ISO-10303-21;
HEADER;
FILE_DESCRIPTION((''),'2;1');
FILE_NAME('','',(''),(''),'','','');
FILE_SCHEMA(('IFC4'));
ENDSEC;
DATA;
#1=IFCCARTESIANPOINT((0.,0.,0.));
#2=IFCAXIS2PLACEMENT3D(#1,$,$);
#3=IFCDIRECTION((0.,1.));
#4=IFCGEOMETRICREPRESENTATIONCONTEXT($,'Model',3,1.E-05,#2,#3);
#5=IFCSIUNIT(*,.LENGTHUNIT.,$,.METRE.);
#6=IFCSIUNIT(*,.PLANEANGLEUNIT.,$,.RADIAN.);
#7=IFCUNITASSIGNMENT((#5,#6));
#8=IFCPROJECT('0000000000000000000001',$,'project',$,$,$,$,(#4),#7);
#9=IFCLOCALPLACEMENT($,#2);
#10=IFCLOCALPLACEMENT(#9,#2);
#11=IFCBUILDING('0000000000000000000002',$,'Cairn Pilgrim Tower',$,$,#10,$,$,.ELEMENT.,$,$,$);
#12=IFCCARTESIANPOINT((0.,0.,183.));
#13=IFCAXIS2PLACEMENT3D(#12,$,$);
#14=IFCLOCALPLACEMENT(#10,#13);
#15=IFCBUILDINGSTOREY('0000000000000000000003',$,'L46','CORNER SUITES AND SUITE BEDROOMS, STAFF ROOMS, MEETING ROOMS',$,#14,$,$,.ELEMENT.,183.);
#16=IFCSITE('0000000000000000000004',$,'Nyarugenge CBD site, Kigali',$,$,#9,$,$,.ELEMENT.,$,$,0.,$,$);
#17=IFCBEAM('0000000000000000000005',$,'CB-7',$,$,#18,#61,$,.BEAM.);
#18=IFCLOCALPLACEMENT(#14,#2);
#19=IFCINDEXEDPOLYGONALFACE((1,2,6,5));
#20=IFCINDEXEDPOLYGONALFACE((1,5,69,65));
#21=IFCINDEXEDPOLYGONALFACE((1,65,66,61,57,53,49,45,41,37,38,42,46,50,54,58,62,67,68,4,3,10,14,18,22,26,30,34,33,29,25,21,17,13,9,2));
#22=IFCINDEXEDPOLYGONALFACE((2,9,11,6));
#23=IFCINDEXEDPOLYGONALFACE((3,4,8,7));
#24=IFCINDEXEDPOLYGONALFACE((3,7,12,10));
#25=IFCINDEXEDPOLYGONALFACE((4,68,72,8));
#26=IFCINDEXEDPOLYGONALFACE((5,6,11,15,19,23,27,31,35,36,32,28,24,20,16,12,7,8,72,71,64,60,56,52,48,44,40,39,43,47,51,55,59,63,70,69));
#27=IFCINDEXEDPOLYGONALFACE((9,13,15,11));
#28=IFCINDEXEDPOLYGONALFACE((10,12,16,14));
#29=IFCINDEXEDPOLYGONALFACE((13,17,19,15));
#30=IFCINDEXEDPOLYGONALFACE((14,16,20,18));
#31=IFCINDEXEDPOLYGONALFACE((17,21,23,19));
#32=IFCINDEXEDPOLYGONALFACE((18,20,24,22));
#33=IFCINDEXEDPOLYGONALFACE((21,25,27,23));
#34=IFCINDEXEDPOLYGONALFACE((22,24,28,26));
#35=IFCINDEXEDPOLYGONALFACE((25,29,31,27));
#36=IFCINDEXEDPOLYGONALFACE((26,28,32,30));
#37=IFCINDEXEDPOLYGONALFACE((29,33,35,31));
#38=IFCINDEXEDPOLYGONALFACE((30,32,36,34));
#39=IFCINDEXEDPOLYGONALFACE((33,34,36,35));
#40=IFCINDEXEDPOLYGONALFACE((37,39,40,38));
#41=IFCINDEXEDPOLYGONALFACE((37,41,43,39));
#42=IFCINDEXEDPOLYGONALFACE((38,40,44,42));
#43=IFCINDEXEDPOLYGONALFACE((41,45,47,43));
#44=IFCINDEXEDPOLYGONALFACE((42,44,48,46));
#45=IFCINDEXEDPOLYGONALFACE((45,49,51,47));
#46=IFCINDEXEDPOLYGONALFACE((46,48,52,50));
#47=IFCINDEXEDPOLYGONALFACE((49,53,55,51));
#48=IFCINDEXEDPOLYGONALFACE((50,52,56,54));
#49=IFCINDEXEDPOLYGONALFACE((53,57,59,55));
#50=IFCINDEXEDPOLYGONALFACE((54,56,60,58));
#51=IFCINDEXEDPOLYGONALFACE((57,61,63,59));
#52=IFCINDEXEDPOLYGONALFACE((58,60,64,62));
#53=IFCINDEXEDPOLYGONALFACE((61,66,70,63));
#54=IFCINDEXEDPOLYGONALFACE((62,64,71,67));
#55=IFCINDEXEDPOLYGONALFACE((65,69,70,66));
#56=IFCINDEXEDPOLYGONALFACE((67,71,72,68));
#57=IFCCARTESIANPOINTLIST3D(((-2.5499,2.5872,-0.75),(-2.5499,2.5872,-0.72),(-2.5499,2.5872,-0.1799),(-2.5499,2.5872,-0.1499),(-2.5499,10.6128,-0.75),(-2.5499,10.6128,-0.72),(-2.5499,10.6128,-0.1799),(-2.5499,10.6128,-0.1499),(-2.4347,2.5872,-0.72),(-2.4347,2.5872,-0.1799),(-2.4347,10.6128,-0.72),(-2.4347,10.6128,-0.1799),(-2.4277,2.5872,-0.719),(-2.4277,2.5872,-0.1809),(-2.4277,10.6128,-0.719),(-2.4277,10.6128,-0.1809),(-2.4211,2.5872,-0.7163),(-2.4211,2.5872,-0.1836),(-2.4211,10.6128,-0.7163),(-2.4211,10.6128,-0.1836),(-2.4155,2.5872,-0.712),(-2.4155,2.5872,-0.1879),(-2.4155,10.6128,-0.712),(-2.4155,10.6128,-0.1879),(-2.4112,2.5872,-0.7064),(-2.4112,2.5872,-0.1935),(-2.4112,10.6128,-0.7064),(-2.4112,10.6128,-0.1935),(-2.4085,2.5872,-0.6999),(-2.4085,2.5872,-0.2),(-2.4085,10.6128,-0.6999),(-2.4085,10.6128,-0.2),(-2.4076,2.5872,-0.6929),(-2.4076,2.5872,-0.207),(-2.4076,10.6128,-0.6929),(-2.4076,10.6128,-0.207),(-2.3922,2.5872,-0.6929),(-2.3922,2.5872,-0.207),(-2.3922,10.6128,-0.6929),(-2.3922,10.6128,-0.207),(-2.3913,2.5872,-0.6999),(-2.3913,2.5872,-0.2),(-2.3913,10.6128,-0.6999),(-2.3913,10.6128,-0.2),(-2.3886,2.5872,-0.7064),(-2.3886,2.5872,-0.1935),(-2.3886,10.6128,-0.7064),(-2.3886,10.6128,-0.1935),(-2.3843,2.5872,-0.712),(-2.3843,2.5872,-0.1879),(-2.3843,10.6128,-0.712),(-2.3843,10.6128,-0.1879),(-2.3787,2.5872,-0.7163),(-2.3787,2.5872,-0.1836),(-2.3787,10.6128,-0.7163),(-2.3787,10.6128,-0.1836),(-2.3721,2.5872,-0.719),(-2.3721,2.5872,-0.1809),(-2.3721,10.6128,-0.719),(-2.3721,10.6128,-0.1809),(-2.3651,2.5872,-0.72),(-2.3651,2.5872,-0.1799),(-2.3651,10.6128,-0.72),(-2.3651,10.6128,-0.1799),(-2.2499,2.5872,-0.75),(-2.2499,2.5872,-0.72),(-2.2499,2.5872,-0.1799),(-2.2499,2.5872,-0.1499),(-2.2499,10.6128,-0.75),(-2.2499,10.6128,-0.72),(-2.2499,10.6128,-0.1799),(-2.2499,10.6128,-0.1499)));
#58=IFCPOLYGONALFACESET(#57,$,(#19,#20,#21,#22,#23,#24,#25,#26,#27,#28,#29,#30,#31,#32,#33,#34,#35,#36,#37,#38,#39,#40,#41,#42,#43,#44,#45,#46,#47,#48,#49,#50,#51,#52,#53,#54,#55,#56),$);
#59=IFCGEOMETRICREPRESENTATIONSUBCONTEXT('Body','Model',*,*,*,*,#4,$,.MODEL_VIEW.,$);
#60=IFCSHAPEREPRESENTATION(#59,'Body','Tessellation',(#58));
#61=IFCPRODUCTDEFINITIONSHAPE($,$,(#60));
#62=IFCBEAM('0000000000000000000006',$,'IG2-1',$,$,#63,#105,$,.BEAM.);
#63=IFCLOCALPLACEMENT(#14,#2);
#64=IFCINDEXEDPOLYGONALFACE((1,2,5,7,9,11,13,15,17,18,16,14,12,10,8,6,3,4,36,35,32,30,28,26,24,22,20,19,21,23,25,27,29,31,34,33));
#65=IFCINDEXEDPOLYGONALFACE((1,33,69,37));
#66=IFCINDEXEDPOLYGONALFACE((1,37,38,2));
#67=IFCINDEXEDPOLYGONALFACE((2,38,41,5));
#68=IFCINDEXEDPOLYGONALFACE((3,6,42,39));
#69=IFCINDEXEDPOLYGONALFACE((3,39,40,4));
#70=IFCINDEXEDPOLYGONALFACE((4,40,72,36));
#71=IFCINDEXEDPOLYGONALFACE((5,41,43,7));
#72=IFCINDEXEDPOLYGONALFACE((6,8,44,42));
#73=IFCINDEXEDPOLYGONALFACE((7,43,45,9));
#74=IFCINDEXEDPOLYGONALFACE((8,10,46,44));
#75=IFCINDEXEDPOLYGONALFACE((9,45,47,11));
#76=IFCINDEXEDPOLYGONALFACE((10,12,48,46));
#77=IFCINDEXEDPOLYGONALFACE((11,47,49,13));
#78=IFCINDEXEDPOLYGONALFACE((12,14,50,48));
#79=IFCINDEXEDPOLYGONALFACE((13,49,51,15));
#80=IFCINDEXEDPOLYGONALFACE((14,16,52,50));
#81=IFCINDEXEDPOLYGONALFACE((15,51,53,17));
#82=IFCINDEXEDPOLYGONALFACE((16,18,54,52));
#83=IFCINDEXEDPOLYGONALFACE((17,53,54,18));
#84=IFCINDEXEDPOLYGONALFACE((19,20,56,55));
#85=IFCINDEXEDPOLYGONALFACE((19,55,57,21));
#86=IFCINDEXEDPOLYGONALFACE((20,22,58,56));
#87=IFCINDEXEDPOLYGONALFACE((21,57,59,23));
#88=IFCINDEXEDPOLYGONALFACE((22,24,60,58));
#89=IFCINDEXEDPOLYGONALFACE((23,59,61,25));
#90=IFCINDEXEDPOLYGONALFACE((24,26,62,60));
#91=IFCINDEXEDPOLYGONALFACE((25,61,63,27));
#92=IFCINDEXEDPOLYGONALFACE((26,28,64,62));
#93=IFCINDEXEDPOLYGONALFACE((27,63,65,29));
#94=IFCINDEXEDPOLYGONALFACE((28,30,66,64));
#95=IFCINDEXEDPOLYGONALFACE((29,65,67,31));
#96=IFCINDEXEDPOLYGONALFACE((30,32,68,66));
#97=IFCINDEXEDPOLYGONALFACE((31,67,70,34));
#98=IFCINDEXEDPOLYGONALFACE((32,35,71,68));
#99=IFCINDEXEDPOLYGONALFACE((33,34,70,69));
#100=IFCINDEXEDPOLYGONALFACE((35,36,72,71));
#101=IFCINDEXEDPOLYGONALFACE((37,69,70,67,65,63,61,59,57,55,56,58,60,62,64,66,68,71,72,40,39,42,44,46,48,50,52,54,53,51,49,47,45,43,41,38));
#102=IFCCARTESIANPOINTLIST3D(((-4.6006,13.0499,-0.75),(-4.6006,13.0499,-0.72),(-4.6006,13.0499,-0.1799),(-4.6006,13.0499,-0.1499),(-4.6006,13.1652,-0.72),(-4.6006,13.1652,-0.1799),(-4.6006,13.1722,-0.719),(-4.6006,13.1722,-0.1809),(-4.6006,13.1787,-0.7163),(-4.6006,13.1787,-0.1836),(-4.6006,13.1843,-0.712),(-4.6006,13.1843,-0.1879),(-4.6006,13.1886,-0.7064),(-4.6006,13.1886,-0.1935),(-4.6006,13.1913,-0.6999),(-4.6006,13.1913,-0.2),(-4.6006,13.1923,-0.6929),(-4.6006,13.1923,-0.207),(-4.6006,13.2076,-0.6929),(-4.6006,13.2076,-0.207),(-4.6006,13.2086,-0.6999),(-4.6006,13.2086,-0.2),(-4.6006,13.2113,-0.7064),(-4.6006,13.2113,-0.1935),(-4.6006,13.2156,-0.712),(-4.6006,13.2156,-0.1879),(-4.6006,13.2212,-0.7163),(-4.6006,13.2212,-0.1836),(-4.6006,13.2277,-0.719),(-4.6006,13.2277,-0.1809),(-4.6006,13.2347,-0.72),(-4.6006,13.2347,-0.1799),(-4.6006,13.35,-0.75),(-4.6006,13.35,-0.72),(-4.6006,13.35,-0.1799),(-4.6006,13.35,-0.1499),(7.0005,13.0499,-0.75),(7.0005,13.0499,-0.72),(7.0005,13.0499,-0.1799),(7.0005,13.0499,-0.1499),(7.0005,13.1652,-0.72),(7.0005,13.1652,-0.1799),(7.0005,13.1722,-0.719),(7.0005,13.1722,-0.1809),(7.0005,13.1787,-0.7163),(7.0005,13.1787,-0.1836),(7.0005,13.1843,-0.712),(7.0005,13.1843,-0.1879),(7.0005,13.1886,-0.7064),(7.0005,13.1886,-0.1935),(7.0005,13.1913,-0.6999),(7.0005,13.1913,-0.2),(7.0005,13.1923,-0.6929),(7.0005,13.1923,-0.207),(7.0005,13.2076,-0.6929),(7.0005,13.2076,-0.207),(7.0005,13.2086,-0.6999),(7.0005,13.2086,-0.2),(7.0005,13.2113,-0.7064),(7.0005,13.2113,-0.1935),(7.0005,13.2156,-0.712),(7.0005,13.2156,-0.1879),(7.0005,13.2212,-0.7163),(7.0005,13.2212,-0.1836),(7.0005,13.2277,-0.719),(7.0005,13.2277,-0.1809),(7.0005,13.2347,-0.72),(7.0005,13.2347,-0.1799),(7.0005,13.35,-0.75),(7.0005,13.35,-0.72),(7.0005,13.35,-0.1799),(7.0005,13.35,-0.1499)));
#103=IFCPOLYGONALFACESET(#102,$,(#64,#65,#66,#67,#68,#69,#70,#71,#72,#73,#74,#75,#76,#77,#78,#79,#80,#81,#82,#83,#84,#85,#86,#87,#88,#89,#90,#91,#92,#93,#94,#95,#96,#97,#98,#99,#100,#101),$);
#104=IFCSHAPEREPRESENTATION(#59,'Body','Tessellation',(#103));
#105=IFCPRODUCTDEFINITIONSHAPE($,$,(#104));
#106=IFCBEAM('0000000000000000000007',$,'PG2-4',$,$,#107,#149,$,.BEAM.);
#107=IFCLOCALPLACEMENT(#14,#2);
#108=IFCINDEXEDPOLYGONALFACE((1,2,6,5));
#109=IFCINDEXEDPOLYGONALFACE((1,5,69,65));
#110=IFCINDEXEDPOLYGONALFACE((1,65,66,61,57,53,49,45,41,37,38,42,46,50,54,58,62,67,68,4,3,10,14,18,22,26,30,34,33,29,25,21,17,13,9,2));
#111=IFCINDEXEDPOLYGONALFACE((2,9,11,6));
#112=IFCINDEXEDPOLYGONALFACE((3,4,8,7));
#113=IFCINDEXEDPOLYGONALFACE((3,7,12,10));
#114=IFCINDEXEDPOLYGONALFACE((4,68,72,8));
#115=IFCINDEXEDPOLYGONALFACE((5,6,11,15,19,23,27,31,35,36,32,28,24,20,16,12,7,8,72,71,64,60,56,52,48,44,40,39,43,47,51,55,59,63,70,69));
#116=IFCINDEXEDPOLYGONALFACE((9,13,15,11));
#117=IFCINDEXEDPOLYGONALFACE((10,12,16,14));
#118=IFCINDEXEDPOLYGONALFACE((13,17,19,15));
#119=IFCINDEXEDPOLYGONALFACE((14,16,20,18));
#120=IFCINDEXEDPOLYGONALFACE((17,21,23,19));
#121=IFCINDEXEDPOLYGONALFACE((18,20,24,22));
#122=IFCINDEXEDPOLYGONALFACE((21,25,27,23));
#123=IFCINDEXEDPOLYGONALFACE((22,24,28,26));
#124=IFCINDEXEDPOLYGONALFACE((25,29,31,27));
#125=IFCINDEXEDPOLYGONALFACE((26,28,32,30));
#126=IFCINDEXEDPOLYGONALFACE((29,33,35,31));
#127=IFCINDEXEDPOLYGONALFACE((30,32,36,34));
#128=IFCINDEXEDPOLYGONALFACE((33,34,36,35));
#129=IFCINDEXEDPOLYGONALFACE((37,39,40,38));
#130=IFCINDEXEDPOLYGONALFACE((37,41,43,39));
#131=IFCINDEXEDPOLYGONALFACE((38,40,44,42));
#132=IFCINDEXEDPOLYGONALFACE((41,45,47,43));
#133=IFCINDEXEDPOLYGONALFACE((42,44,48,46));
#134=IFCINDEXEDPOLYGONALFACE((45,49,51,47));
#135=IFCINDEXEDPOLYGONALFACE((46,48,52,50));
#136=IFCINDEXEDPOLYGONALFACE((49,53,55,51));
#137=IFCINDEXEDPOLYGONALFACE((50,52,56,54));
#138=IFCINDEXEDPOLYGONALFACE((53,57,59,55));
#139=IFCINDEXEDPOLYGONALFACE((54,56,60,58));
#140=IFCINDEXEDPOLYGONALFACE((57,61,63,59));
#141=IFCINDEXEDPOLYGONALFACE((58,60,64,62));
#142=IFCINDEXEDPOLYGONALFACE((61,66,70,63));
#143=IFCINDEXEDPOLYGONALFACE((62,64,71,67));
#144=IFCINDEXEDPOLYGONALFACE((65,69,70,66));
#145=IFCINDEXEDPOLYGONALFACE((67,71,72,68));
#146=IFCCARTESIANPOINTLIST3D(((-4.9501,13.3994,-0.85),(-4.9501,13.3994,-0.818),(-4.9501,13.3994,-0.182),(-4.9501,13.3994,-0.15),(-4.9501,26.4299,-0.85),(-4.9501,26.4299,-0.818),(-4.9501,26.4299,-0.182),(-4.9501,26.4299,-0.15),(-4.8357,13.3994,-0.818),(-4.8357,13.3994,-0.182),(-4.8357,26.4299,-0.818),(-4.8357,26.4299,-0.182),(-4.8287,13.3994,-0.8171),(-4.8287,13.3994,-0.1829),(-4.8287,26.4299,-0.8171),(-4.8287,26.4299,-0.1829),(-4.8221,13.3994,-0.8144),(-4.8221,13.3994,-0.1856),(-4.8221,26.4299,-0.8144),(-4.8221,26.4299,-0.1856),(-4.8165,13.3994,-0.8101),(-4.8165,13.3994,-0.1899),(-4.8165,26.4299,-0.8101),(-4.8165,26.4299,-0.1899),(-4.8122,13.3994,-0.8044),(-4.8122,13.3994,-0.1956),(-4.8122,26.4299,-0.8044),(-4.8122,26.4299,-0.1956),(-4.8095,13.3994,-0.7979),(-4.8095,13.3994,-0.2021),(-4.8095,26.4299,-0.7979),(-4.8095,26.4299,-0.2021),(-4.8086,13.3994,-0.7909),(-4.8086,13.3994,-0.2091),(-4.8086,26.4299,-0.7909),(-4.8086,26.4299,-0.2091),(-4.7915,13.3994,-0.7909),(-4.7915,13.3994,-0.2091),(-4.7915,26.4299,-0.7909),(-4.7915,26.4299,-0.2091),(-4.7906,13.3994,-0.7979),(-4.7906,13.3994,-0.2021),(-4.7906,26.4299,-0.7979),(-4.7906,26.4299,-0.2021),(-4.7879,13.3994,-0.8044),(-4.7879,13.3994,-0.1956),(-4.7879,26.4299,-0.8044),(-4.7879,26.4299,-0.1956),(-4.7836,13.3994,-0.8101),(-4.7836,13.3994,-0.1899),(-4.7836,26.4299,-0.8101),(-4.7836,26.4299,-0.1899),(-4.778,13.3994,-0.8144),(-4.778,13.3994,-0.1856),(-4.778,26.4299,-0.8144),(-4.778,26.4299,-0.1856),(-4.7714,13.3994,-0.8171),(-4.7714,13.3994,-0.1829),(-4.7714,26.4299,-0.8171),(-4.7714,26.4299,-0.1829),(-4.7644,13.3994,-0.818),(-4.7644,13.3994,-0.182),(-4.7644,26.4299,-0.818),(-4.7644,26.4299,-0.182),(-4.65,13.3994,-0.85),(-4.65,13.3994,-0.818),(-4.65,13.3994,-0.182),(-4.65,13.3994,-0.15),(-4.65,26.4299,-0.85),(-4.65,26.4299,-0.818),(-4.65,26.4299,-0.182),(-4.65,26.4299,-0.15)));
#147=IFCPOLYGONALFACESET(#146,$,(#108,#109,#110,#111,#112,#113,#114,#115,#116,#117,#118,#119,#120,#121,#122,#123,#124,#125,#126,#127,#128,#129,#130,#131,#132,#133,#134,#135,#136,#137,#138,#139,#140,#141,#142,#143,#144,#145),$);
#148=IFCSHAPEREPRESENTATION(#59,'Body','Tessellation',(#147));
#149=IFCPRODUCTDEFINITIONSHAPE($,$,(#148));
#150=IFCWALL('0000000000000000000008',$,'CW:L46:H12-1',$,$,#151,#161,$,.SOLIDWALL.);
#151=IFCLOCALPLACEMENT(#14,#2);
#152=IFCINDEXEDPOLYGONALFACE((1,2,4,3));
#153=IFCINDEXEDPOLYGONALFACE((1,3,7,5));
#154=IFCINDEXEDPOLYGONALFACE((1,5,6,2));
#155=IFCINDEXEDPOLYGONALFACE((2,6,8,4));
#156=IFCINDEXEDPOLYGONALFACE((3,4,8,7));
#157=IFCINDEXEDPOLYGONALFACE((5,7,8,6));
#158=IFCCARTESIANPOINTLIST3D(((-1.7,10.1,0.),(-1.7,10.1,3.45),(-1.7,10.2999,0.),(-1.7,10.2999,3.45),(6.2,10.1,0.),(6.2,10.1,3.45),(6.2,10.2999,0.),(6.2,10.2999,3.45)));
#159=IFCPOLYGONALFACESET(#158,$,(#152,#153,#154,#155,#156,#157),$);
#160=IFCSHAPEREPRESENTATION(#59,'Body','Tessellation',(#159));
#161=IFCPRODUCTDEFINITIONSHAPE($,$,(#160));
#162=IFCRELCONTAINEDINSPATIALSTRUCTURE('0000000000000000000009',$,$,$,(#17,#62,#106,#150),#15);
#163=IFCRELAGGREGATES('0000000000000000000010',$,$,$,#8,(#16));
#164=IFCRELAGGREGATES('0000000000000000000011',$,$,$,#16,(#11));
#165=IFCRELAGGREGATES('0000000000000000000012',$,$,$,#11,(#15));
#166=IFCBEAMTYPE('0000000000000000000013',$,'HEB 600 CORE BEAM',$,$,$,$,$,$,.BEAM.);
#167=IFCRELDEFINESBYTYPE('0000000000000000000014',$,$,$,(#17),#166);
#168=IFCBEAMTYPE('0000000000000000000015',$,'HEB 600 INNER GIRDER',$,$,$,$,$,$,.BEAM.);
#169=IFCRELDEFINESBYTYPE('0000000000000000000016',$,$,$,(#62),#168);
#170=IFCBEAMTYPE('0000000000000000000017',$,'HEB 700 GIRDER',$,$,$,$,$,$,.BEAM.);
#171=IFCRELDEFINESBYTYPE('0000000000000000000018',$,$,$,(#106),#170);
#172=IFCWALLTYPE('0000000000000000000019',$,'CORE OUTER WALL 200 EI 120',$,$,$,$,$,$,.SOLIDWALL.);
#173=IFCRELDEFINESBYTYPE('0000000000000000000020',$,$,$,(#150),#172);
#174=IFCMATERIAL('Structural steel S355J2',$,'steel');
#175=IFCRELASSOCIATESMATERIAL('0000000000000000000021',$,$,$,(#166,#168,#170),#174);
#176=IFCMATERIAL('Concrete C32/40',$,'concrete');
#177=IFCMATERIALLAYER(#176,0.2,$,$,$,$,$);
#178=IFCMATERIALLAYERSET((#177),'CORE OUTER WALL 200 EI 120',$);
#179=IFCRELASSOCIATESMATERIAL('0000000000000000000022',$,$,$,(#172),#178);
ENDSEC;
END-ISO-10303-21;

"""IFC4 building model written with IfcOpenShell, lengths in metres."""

from ifc_helpers import new_model, si_unit, direction, frame, frame_2d, origin, origin_2d, place, context, subcontext, project, spatial, rectangle, i_section, extrude, material, layer, layer_set, material_profile, profile_set, type_object, element, save


model = new_model("IFC4")

# Units and contexts
model_context = context("Model", 3, precision=1e-05, world=origin(), true_north=direction((0.0, 1.0)))
body_context = subcontext(model_context, "Body", "Model", "MODEL_VIEW")
ifc_project = project(units=[si_unit("LENGTHUNIT", "METRE"), si_unit("PLANEANGLEUNIT", "RADIAN")], contexts=[model_context])

# Site, building, storey
site_placement = place(None, origin())
site = spatial("IfcSite", under=ifc_project, at=site_placement, Name="Nyarugenge CBD site, Kigali", CompositionType="ELEMENT", RefElevation=0.0)
building_placement = place(site_placement, origin())
building = spatial("IfcBuilding", under=site, at=building_placement, Name="Cairn Pilgrim Tower", CompositionType="ELEMENT")
storey_placement = place(building_placement, frame((0.0, 0.0, 183.0)))
storey = spatial("IfcBuildingStorey", under=building, at=storey_placement, Name="L46", Description="CORNER SUITES AND SUITE BEDROOMS, STAFF ROOMS, MEETING ROOMS", CompositionType="ELEMENT", Elevation=183.0)

# Shared definitions
ifc_material_1 = material(Name="Structural steel S355J2", Category="steel")

# Beams
ifc_material_profile_1 = material_profile(ifc_material_1, i_section(OverallWidth=0.3, OverallDepth=0.6001, WebThickness=0.0154, FlangeThickness=0.03, FilletRadius=0.0271, at=origin_2d()), Name="HEB 600")
ifc_profile_set_1 = profile_set([ifc_material_profile_1], Name="Structural steel S355J2")
beam_type_1 = type_object("IfcBeamType", Name="HEB 600 CORE BEAM", PredefinedType="BEAM", material=ifc_profile_set_1)
beam_1_placement = place(storey_placement, frame((-2.3999, 10.6128, -0.45), z_axis=(0.0, -1.0, 0.0), x_axis=(1.0, 0.0, 0.0)))
element("IfcBeam", 1, at=beam_1_placement, inside=storey, type_object=beam_type_1, Name="CB-7", PredefinedType="BEAM", context=body_context, shape_type="SweptSolid", body=[
    extrude(i_section(OverallWidth=0.3, OverallDepth=0.6001, WebThickness=0.0154, FlangeThickness=0.03, FilletRadius=0.0271, at=origin_2d()), origin(), (0.0, 0.0, 1.0), 8.0256),
])
ifc_material_profile_2 = material_profile(ifc_material_1, i_section(OverallWidth=0.3, OverallDepth=0.6001, WebThickness=0.0154, FlangeThickness=0.03, FilletRadius=0.0271, at=origin_2d()), Name="HEB 600")
ifc_profile_set_2 = profile_set([ifc_material_profile_2], Name="Structural steel S355J2")
beam_type_2 = type_object("IfcBeamType", Name="HEB 600 INNER GIRDER", PredefinedType="BEAM", material=ifc_profile_set_2)
beam_2_placement = place(storey_placement, frame((-4.6006, 13.2, -0.45), z_axis=(1.0, 0.0, 0.0), x_axis=(0.0, 1.0, 0.0)))
element("IfcBeam", 2, at=beam_2_placement, inside=storey, type_object=beam_type_2, Name="IG2-1", PredefinedType="BEAM", context=body_context, shape_type="SweptSolid", body=[
    extrude(i_section(OverallWidth=0.3, OverallDepth=0.6001, WebThickness=0.0154, FlangeThickness=0.03, FilletRadius=0.0271, at=origin_2d()), origin(), (0.0, 0.0, 1.0), 11.6011),
])
ifc_material_profile_3 = material_profile(ifc_material_1, i_section(OverallWidth=0.3, OverallDepth=0.7, WebThickness=0.0171, FlangeThickness=0.032, FilletRadius=0.0271, at=origin_2d()), Name="HEB 700")
ifc_profile_set_3 = profile_set([ifc_material_profile_3], Name="Structural steel S355J2")
beam_type_3 = type_object("IfcBeamType", Name="HEB 700 GIRDER", PredefinedType="BEAM", material=ifc_profile_set_3)
beam_3_placement = place(storey_placement, frame((-4.8, 13.3994, -0.5), z_axis=(0.0, 1.0, 0.0), x_axis=(-1.0, 0.0, 0.0)))
element("IfcBeam", 3, at=beam_3_placement, inside=storey, type_object=beam_type_3, Name="PG2-4", PredefinedType="BEAM", context=body_context, shape_type="SweptSolid", body=[
    extrude(i_section(OverallWidth=0.3, OverallDepth=0.7, WebThickness=0.0171, FlangeThickness=0.032, FilletRadius=0.0271, at=origin_2d()), origin(), (0.0, 0.0, 1.0), 13.0305),
])

# Wall
ifc_material_2 = material(Name="Concrete C32/40", Category="concrete")
ifc_layer_1 = layer(ifc_material_2, 0.2)
ifc_layer_set_1 = layer_set([ifc_layer_1], Name="CORE OUTER WALL 200 EI 120")
wall_type_1 = type_object("IfcWallType", Name="CORE OUTER WALL 200 EI 120", PredefinedType="SOLIDWALL", material=ifc_layer_set_1)
wall_1_placement = place(storey_placement, frame((-1.7, 10.2, 0.0), z_axis=(0.0, 0.0, 1.0), x_axis=(1.0, 0.0, 0.0)))
element("IfcWall", 4, at=wall_1_placement, inside=storey, type_object=wall_type_1, Name="CW:L46:H12-1", PredefinedType="SOLIDWALL", context=body_context, shape_type="SweptSolid", body=[
    extrude(rectangle(XDim=7.8999, YDim=0.2, at=frame_2d((3.95, 0.0))), origin(), (0.0, 0.0, 1.0), 3.45),
])

save(model, "model.ifc")
